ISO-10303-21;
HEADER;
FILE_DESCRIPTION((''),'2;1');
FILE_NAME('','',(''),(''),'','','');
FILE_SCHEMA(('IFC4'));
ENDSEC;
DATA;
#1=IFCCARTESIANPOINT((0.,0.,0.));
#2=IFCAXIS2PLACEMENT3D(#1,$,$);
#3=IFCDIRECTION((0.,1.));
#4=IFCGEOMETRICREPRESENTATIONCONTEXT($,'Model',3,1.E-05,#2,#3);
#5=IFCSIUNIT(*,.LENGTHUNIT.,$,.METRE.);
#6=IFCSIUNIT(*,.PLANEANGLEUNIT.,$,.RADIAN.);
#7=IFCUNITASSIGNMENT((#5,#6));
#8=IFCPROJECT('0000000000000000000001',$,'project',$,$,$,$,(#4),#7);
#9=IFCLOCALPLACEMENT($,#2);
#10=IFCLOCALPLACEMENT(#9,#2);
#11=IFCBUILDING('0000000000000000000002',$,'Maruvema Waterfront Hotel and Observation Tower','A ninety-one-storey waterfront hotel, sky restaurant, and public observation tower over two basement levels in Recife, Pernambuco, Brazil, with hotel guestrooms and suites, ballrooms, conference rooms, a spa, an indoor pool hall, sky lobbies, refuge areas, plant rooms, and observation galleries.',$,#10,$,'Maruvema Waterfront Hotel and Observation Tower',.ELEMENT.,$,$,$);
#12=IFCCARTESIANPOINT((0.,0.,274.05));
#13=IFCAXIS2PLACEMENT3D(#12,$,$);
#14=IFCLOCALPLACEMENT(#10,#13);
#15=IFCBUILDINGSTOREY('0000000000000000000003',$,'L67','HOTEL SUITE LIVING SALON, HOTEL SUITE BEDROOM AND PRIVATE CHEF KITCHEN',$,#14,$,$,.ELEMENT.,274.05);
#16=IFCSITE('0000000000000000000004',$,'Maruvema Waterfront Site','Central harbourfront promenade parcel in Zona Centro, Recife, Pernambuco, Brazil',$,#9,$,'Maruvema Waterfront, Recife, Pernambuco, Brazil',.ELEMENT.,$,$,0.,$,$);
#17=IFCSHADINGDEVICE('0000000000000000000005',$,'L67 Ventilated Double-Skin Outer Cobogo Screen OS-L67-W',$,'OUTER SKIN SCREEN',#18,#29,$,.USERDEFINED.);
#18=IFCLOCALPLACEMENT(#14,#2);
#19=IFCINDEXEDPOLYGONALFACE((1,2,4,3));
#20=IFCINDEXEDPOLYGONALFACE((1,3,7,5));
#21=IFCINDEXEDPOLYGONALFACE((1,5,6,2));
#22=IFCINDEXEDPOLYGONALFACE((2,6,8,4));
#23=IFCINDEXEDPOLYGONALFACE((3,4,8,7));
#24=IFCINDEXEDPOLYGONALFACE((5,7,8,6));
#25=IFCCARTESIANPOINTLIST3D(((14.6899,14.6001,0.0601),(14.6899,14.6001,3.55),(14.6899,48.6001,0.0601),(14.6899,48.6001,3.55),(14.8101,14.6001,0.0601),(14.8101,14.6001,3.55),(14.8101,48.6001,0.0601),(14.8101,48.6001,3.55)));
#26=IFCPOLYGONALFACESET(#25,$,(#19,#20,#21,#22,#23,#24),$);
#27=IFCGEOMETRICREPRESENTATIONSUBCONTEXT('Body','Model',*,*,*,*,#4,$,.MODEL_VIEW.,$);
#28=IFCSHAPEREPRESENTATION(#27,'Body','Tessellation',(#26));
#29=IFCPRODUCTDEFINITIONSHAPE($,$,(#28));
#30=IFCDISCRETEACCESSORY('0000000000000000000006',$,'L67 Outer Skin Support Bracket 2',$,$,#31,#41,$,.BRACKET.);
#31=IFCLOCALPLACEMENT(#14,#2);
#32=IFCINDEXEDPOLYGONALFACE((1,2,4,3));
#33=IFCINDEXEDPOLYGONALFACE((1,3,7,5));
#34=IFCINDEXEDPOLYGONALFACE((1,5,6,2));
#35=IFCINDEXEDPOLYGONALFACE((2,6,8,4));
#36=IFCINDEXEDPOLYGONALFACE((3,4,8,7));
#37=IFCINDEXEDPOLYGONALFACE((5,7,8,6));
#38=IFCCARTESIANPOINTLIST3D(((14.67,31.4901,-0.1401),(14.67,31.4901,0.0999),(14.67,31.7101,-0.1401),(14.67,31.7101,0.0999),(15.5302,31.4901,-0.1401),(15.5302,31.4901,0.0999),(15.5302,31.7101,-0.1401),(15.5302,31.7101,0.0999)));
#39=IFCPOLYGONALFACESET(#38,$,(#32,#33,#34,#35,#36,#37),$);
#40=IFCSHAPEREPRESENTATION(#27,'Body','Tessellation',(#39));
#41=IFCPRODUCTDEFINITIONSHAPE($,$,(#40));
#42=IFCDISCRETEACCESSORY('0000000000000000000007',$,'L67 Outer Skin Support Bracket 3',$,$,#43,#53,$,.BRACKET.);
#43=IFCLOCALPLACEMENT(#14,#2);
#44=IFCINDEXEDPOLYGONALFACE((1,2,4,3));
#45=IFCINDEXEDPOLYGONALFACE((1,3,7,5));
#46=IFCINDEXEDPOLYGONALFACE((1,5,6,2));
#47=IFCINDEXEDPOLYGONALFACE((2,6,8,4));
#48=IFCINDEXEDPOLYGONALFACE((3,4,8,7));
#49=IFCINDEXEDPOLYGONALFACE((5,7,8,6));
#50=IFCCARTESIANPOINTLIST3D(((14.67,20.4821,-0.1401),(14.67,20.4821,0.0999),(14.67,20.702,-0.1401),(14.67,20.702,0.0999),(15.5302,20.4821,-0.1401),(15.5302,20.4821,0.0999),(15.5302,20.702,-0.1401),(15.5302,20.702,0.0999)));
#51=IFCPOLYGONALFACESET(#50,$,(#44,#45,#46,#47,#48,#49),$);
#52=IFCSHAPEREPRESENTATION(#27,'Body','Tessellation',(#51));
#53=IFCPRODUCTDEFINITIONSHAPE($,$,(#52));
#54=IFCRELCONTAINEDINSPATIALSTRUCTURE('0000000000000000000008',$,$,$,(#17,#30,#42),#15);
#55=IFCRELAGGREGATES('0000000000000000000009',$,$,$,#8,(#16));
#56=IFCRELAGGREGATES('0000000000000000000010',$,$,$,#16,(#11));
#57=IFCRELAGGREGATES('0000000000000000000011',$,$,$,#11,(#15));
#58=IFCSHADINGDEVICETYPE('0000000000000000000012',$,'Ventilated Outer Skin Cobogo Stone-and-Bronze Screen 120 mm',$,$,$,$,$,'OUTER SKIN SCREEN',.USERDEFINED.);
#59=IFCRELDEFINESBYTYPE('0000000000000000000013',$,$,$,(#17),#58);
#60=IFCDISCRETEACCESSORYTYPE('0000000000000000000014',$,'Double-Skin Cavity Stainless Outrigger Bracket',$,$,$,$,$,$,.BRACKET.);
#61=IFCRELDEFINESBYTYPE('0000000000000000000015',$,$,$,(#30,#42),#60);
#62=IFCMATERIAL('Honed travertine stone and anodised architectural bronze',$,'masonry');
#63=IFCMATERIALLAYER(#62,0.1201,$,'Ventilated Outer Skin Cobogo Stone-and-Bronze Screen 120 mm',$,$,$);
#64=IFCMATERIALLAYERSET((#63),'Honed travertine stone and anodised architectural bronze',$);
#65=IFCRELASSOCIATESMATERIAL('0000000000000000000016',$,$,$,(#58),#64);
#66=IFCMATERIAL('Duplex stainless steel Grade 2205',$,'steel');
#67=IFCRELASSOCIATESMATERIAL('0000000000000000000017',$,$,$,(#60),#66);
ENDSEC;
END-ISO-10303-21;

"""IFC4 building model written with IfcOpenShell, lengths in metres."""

from ifc_helpers import new_model, si_unit, direction, frame, origin, origin_2d, place, context, subcontext, project, spatial, rectangle, extrude, material, layer, layer_set, type_object, element, save


model = new_model("IFC4")

# Units and contexts
model_context = context("Model", 3, precision=1e-05, world=origin(), true_north=direction((0.0, 1.0)))
body_context = subcontext(model_context, "Body", "Model", "MODEL_VIEW")
ifc_project = project(units=[si_unit("LENGTHUNIT", "METRE"), si_unit("PLANEANGLEUNIT", "RADIAN")], contexts=[model_context])

# Site, building, storey
site_placement = place(None, origin())
site = spatial("IfcSite", under=ifc_project, at=site_placement, Name="Maruvema Waterfront Site", Description="Central harbourfront promenade parcel in Zona Centro, Recife, Pernambuco, Brazil", LongName="Maruvema Waterfront, Recife, Pernambuco, Brazil", CompositionType="ELEMENT", RefElevation=0.0)
building_placement = place(site_placement, origin())
building = spatial("IfcBuilding", under=site, at=building_placement, Name="Maruvema Waterfront Hotel and Observation Tower", Description="A ninety-one-storey waterfront hotel, sky restaurant, and public observation tower over two basement levels in Recife, Pernambuco, Brazil, with hotel guestrooms and suites, ballrooms, conference rooms, a spa, an indoor pool hall, sky lobbies, refuge areas, plant rooms, and observation galleries.", LongName="Maruvema Waterfront Hotel and Observation Tower", CompositionType="ELEMENT")
storey_placement = place(building_placement, frame((0.0, 0.0, 274.05)))
storey = spatial("IfcBuildingStorey", under=building, at=storey_placement, Name="L67", Description="HOTEL SUITE LIVING SALON, HOTEL SUITE BEDROOM AND PRIVATE CHEF KITCHEN", CompositionType="ELEMENT", Elevation=274.05)

# Shading device
ifc_material_1 = material(Name="Honed travertine stone and anodised architectural bronze", Category="masonry")
ifc_layer_1 = layer(ifc_material_1, 0.1201, Name="Ventilated Outer Skin Cobogo Stone-and-Bronze Screen 120 mm")
ifc_layer_set_1 = layer_set([ifc_layer_1], Name="Honed travertine stone and anodised architectural bronze")
shading_device_type = type_object("IfcShadingDeviceType", Name="Ventilated Outer Skin Cobogo Stone-and-Bronze Screen 120 mm", ElementType="OUTER SKIN SCREEN", PredefinedType="USERDEFINED", material=ifc_layer_set_1)
shading_device_placement = place(storey_placement, frame((14.75, 31.6001, 0.0601), z_axis=(0.0, 0.0, 1.0), x_axis=(0.0, -1.0, 0.0)))
element("IfcShadingDevice", 1, at=shading_device_placement, inside=storey, type_object=shading_device_type, Name="L67 Ventilated Double-Skin Outer Cobogo Screen OS-L67-W", ObjectType="OUTER SKIN SCREEN", PredefinedType="USERDEFINED", context=body_context, shape_type="SweptSolid", body=[
    extrude(rectangle(XDim=34.0, YDim=0.1201, at=origin_2d()), origin(), (0.0, 0.0, 1.0), 3.49),
])

# Discrete accessories
ifc_material_2 = material(Name="Duplex stainless steel Grade 2205", Category="steel")
discrete_accessory_type = type_object("IfcDiscreteAccessoryType", Name="Double-Skin Cavity Stainless Outrigger Bracket", PredefinedType="BRACKET", material=ifc_material_2)
for number, where, z_axis, x_axis, name in (
    (2, (15.1001, 31.6001, -0.1401), (0.0, 0.0, 1.0), (0.0, -1.0, 0.0), "L67 Outer Skin Support Bracket 2"),
    (3, (15.1001, 20.592, -0.1401), (0.0, 0.0, 1.0), (0.0, -1.0, 0.0), "L67 Outer Skin Support Bracket 3"),
):
    element("IfcDiscreteAccessory", number, at=place(storey_placement, frame(where, z_axis=z_axis, x_axis=x_axis)), inside=storey, type_object=discrete_accessory_type, Name=name, PredefinedType="BRACKET", context=body_context, shape_type="SweptSolid", body=[
        extrude(rectangle(XDim=0.22, YDim=0.8601, at=origin_2d()), origin(), (0.0, 0.0, 1.0), 0.24),
    ])

save(model, "model.ifc")
